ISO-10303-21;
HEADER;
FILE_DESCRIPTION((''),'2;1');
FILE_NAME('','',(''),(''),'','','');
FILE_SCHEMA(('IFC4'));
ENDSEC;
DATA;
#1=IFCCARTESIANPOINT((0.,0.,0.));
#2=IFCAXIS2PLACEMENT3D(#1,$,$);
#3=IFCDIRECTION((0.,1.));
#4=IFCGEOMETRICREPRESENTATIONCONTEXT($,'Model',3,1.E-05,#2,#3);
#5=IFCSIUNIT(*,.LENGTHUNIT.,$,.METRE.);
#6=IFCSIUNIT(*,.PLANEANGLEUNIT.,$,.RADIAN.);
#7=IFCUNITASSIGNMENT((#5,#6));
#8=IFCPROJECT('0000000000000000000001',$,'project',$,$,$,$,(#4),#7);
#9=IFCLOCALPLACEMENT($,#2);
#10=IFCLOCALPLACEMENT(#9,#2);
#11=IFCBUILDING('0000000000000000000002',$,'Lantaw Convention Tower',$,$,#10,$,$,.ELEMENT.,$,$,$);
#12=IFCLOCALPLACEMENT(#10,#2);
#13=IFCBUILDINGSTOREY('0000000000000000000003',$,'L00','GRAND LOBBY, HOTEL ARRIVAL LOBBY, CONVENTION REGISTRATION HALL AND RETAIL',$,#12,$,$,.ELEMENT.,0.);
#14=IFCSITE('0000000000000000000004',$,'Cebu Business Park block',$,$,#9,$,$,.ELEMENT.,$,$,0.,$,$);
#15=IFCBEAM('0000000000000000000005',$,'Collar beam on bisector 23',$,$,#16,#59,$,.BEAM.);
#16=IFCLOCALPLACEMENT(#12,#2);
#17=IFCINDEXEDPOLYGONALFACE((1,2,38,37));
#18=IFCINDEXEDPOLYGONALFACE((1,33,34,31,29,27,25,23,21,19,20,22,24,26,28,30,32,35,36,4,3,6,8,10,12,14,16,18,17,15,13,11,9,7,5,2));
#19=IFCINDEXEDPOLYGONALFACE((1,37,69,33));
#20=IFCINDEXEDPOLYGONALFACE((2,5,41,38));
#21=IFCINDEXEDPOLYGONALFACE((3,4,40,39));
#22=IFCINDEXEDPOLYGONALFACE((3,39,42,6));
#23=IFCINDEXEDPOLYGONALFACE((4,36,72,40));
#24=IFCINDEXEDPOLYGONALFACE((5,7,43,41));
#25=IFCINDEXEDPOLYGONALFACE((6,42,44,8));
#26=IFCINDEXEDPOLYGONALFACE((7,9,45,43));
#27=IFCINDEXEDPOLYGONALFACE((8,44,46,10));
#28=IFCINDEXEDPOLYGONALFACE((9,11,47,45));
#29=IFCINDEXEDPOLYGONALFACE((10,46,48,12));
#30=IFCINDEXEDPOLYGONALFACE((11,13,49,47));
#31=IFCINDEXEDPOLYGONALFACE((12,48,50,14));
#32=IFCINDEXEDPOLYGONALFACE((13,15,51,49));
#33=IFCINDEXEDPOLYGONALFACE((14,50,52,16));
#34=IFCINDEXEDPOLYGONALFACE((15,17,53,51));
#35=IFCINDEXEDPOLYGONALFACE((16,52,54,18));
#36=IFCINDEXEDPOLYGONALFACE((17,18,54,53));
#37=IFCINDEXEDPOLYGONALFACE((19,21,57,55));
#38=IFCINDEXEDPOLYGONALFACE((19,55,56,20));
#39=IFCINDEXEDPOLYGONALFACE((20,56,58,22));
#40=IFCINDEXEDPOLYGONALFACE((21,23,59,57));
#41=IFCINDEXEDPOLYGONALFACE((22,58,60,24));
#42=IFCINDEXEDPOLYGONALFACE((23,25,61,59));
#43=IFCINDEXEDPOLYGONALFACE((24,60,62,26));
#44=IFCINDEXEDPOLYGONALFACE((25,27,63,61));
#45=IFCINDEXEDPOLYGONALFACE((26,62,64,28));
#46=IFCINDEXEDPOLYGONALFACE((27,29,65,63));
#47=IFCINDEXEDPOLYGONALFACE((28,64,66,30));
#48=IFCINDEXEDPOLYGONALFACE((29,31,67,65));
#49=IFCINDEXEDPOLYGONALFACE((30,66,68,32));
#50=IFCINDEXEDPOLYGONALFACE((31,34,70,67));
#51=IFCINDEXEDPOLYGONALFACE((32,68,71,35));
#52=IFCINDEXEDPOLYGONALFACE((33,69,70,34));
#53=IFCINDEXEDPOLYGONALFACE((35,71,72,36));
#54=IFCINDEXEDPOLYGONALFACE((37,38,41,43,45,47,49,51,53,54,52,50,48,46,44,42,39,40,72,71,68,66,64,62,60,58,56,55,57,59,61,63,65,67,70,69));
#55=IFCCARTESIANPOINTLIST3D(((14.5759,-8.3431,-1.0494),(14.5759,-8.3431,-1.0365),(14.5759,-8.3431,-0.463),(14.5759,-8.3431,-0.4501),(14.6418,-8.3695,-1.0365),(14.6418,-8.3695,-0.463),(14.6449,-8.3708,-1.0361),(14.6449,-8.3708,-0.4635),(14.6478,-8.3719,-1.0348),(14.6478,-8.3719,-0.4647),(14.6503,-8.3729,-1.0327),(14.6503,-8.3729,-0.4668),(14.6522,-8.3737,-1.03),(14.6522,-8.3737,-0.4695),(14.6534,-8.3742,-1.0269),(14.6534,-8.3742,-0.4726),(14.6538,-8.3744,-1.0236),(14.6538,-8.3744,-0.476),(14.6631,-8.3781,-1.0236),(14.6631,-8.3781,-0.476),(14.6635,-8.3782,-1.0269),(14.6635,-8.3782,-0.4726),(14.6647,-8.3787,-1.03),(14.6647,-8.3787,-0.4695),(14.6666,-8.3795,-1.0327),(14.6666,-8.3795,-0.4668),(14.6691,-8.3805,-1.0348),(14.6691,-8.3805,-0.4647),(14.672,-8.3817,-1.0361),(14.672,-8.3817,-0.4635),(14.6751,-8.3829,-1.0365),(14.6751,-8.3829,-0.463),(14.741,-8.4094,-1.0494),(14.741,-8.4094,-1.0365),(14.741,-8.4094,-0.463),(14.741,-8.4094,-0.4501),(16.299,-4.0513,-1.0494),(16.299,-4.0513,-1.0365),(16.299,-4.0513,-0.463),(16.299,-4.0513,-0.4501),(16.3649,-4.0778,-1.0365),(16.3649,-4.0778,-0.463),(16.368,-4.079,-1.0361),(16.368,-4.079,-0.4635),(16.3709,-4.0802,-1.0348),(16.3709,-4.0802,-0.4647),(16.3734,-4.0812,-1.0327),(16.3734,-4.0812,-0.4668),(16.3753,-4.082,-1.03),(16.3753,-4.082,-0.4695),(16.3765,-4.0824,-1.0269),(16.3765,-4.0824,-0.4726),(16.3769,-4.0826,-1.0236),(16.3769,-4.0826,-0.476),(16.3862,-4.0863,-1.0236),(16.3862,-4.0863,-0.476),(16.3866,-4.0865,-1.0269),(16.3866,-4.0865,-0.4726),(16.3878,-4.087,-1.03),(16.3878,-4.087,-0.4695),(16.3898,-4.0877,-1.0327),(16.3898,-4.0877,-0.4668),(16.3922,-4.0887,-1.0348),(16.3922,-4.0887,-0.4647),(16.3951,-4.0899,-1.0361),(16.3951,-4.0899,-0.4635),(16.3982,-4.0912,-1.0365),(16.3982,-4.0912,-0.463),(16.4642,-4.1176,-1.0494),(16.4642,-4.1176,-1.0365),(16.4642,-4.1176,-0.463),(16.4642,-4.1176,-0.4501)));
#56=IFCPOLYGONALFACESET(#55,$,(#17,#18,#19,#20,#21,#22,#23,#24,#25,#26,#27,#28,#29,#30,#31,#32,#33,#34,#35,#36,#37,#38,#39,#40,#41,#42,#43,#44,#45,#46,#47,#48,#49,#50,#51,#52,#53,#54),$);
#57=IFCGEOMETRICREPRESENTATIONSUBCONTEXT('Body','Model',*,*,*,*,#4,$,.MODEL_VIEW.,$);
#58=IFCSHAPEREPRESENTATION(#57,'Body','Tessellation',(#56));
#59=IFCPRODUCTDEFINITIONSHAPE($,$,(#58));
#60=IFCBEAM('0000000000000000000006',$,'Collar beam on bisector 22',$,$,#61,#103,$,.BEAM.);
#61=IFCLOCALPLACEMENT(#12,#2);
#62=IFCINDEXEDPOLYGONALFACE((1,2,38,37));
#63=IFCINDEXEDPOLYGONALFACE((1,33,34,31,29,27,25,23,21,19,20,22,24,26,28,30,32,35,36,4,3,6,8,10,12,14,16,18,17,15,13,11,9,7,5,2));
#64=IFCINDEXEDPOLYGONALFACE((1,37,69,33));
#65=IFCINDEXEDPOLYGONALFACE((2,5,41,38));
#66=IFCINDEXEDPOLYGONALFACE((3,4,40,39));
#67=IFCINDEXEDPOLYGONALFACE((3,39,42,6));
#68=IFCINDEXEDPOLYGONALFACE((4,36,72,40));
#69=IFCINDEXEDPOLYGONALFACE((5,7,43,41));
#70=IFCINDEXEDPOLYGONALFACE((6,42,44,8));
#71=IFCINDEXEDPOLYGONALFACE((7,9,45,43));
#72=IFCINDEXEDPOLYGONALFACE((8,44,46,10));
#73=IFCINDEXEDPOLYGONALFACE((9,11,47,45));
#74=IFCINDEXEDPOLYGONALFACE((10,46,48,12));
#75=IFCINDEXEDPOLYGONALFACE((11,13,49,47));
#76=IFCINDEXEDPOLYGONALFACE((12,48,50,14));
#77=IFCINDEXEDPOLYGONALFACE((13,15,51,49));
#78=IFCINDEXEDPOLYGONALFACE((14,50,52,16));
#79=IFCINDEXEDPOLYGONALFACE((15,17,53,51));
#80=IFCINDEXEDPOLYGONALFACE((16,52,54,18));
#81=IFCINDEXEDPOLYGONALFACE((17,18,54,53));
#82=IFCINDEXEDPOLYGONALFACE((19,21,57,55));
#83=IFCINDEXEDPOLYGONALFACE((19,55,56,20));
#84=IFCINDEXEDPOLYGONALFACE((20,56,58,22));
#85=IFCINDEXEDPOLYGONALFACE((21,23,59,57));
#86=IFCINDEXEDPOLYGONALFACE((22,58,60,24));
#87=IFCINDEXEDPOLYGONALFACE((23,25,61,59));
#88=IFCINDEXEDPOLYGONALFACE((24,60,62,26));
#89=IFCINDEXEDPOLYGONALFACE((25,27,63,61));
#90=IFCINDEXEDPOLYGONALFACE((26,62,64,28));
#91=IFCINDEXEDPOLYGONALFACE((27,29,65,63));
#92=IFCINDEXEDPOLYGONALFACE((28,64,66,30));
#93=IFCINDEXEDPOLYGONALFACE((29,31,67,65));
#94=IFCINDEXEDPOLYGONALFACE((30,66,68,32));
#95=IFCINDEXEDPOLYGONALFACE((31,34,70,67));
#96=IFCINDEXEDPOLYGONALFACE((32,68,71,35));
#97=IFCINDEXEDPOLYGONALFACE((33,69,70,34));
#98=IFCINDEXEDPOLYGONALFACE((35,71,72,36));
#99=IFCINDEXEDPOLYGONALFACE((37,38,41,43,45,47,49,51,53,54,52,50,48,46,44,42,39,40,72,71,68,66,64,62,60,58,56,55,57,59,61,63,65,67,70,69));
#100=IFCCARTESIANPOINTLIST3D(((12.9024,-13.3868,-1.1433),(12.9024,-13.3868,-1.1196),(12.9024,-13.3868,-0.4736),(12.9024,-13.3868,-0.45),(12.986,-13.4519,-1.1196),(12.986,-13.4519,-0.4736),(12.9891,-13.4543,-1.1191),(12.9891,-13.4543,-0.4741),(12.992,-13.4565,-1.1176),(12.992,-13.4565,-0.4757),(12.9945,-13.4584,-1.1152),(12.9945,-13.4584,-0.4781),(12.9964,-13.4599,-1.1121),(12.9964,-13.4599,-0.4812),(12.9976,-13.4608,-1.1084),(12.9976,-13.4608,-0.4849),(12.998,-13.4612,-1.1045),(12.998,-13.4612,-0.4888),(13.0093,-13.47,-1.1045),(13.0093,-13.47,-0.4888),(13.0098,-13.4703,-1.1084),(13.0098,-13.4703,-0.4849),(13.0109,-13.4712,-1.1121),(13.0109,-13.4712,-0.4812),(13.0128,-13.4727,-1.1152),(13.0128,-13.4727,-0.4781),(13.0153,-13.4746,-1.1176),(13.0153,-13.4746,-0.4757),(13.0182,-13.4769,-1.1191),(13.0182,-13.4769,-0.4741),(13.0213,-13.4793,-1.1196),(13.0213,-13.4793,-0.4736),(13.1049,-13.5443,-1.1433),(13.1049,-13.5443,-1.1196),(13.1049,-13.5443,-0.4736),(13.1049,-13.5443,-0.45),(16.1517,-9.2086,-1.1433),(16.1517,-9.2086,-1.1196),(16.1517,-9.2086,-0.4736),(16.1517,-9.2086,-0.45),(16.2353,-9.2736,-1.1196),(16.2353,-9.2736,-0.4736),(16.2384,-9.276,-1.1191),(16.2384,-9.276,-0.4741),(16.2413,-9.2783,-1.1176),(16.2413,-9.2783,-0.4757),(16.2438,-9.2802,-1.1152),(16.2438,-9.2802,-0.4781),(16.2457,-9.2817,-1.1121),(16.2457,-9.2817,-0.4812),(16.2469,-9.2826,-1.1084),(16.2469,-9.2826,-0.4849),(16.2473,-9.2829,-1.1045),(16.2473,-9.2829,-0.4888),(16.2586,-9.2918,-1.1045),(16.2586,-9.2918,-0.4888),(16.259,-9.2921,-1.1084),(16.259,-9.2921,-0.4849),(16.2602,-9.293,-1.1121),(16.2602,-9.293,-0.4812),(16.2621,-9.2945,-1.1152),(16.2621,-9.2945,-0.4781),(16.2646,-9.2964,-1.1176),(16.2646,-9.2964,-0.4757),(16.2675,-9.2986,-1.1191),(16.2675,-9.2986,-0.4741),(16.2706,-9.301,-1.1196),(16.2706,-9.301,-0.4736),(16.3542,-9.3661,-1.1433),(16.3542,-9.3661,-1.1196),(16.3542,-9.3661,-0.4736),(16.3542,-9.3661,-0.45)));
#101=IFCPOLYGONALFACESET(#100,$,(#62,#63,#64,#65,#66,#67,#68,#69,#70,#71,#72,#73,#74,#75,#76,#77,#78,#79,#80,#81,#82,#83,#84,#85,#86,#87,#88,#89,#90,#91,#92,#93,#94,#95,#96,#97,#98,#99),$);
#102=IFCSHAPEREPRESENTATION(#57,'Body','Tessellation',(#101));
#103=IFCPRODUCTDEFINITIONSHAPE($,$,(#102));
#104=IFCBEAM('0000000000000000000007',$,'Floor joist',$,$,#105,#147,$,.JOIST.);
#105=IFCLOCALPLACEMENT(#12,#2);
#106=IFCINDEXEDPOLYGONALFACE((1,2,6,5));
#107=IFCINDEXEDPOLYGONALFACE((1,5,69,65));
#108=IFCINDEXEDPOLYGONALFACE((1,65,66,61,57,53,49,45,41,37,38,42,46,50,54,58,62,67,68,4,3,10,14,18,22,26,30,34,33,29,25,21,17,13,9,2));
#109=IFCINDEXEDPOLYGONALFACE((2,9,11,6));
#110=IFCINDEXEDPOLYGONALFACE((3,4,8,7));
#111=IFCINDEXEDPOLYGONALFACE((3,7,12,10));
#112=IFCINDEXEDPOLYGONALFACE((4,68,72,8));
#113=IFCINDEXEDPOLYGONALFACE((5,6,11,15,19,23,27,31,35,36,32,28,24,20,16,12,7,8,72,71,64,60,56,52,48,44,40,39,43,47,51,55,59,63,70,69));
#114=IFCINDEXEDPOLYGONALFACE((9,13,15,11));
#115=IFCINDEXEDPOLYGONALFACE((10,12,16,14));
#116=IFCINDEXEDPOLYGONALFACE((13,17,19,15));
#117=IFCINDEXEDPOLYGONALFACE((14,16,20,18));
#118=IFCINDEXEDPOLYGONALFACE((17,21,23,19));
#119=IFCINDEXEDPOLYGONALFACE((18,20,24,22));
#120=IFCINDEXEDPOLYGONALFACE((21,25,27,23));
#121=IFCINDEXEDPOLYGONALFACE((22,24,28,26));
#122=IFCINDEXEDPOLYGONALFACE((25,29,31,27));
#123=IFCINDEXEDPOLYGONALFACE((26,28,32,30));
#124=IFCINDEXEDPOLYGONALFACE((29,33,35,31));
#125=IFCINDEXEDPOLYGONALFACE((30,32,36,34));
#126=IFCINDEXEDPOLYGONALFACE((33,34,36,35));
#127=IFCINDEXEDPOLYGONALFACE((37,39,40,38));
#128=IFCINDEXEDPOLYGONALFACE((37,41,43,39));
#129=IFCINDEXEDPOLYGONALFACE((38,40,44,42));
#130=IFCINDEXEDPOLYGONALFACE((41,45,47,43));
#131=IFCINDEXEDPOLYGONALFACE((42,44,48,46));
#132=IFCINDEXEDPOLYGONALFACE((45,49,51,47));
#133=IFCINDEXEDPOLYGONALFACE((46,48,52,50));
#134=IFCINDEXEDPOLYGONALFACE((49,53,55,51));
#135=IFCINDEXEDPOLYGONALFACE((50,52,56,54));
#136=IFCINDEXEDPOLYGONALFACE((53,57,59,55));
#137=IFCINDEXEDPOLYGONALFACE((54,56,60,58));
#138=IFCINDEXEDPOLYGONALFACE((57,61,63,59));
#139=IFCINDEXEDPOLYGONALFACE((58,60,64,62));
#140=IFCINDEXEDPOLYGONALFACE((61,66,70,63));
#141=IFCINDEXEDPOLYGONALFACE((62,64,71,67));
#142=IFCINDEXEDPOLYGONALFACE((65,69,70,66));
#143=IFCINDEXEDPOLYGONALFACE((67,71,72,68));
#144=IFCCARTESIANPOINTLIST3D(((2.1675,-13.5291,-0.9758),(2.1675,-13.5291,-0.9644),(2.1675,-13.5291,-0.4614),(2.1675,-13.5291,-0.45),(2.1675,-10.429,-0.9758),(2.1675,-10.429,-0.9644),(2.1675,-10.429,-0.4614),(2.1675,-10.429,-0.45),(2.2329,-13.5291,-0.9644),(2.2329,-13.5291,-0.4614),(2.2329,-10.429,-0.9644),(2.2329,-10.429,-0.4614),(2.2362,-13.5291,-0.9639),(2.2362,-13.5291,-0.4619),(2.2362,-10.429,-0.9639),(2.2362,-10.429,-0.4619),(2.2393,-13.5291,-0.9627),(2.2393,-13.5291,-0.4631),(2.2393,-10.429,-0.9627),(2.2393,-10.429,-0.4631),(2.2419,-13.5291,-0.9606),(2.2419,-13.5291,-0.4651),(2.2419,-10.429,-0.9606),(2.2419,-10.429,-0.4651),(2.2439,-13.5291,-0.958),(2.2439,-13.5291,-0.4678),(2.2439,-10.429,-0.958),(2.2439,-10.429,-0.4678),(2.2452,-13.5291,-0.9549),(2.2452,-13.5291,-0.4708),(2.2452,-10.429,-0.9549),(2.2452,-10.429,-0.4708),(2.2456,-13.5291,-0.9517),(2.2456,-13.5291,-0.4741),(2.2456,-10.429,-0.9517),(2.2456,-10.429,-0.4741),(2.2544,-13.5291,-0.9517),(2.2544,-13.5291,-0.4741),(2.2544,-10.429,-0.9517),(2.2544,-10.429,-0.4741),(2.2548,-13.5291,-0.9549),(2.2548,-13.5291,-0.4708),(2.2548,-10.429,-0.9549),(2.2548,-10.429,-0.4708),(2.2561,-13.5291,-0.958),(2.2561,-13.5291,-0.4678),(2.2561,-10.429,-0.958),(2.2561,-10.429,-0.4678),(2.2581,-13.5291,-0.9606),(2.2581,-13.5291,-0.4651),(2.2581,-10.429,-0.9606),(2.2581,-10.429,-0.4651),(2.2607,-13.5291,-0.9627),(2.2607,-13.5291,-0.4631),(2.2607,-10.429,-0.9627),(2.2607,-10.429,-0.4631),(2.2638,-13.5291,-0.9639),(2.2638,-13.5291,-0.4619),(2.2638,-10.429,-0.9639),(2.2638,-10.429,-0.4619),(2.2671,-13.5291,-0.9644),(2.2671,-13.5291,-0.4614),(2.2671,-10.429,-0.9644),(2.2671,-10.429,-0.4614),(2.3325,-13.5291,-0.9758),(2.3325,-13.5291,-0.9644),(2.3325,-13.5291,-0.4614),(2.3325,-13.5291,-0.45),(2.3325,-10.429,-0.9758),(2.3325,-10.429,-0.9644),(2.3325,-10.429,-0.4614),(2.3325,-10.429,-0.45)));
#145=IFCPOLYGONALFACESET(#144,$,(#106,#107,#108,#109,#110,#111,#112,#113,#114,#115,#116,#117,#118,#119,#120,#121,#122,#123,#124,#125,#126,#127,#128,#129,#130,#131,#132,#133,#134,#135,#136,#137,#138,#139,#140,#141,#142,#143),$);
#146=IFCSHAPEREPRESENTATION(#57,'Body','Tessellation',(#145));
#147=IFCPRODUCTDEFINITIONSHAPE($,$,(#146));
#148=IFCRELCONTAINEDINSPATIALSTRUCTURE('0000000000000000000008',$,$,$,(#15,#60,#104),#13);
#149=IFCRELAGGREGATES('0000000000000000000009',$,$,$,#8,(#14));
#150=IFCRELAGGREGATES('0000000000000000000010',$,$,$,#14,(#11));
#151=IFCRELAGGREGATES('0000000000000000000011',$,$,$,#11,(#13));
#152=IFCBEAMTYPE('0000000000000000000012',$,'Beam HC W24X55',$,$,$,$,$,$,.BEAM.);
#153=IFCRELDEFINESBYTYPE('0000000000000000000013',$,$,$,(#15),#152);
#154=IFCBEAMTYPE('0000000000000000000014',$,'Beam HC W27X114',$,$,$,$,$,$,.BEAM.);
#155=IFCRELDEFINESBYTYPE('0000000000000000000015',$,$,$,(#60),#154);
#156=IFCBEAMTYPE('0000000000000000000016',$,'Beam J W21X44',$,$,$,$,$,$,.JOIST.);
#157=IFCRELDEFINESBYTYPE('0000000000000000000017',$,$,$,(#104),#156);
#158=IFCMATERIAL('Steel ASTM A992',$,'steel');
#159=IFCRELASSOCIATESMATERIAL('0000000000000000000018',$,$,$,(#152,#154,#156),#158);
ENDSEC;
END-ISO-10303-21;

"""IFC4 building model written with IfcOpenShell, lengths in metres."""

from ifc_helpers import new_model, si_unit, direction, frame, origin, origin_2d, place, context, subcontext, project, spatial, i_section, extrude, material, material_profile, profile_set, type_object, element, save


model = new_model("IFC4")

# Units and contexts
model_context = context("Model", 3, precision=1e-05, world=origin(), true_north=direction((0.0, 1.0)))
body_context = subcontext(model_context, "Body", "Model", "MODEL_VIEW")
ifc_project = project(units=[si_unit("LENGTHUNIT", "METRE"), si_unit("PLANEANGLEUNIT", "RADIAN")], contexts=[model_context])

# Site, building, storey
site_placement = place(None, origin())
site = spatial("IfcSite", under=ifc_project, at=site_placement, Name="Cebu Business Park block", CompositionType="ELEMENT", RefElevation=0.0)
building_placement = place(site_placement, origin())
building = spatial("IfcBuilding", under=site, at=building_placement, Name="Lantaw Convention Tower", CompositionType="ELEMENT")
storey_placement = place(building_placement, origin())
storey = spatial("IfcBuildingStorey", under=building, at=storey_placement, Name="L00", Description="GRAND LOBBY, HOTEL ARRIVAL LOBBY, CONVENTION REGISTRATION HALL AND RETAIL", CompositionType="ELEMENT", Elevation=0.0)

# Beams
ifc_material_1 = material(Name="Steel ASTM A992", Category="steel")
ifc_material_profile_1 = material_profile(ifc_material_1, i_section(OverallWidth=0.178, OverallDepth=0.5994, WebThickness=0.01, FlangeThickness=0.0129, FilletRadius=0.0129, at=origin_2d()), Name="W24X55")
ifc_profile_set_1 = profile_set([ifc_material_profile_1], Name="Steel ASTM A992")
beam_type_1 = type_object("IfcBeamType", Name="Beam HC W24X55", PredefinedType="BEAM", material=ifc_profile_set_1)
beam_1_placement = place(storey_placement, frame((14.6584, -8.3762, -0.7498), z_axis=(0.372592, 0.927995, 0.0), x_axis=(-0.927995, 0.372592, 0.0)))
element("IfcBeam", 1, at=beam_1_placement, inside=storey, type_object=beam_type_1, Name="Collar beam on bisector 23", PredefinedType="BEAM", context=body_context, shape_type="SweptSolid", body=[
    extrude(i_section(OverallWidth=0.178, OverallDepth=0.5994, WebThickness=0.01, FlangeThickness=0.0129, FilletRadius=0.0129, at=origin_2d()), origin(), (0.0, 0.0, 1.0), 4.6248),
])
ifc_material_profile_2 = material_profile(ifc_material_1, i_section(OverallWidth=0.2566, OverallDepth=0.6934, WebThickness=0.0144, FlangeThickness=0.0237, FilletRadius=0.0151, at=origin_2d()), Name="W27X114")
ifc_profile_set_2 = profile_set([ifc_material_profile_2], Name="Steel ASTM A992")
beam_type_2 = type_object("IfcBeamType", Name="Beam HC W27X114", PredefinedType="BEAM", material=ifc_profile_set_2)
beam_2_placement = place(storey_placement, frame((13.0037, -13.4656, -0.7966), z_axis=(0.613886, 0.789394, 0.0), x_axis=(-0.789394, 0.613886, 0.0)))
element("IfcBeam", 2, at=beam_2_placement, inside=storey, type_object=beam_type_2, Name="Collar beam on bisector 22", PredefinedType="BEAM", context=body_context, shape_type="SweptSolid", body=[
    extrude(i_section(OverallWidth=0.2566, OverallDepth=0.6934, WebThickness=0.0144, FlangeThickness=0.0237, FilletRadius=0.0151, at=origin_2d()), origin(), (0.0, 0.0, 1.0), 5.293),
])
ifc_material_profile_3 = material_profile(ifc_material_1, i_section(OverallWidth=0.165, OverallDepth=0.5259, WebThickness=0.0088, FlangeThickness=0.0115, FilletRadius=0.0127, at=origin_2d()), Name="W21X44")
ifc_profile_set_3 = profile_set([ifc_material_profile_3], Name="Steel ASTM A992")
beam_type_3 = type_object("IfcBeamType", Name="Beam J W21X44", PredefinedType="JOIST", material=ifc_profile_set_3)
beam_3_placement = place(storey_placement, frame((2.25, -13.5291, -0.7129), z_axis=(0.0, 1.0, 0.0), x_axis=(-1.0, 0.0, 0.0)))
element("IfcBeam", 3, at=beam_3_placement, inside=storey, type_object=beam_type_3, Name="Floor joist", PredefinedType="JOIST", context=body_context, shape_type="SweptSolid", body=[
    extrude(i_section(OverallWidth=0.165, OverallDepth=0.5259, WebThickness=0.0088, FlangeThickness=0.0115, FilletRadius=0.0127, at=origin_2d()), origin(), (0.0, 0.0, 1.0), 3.1001),
])

save(model, "model.ifc")
